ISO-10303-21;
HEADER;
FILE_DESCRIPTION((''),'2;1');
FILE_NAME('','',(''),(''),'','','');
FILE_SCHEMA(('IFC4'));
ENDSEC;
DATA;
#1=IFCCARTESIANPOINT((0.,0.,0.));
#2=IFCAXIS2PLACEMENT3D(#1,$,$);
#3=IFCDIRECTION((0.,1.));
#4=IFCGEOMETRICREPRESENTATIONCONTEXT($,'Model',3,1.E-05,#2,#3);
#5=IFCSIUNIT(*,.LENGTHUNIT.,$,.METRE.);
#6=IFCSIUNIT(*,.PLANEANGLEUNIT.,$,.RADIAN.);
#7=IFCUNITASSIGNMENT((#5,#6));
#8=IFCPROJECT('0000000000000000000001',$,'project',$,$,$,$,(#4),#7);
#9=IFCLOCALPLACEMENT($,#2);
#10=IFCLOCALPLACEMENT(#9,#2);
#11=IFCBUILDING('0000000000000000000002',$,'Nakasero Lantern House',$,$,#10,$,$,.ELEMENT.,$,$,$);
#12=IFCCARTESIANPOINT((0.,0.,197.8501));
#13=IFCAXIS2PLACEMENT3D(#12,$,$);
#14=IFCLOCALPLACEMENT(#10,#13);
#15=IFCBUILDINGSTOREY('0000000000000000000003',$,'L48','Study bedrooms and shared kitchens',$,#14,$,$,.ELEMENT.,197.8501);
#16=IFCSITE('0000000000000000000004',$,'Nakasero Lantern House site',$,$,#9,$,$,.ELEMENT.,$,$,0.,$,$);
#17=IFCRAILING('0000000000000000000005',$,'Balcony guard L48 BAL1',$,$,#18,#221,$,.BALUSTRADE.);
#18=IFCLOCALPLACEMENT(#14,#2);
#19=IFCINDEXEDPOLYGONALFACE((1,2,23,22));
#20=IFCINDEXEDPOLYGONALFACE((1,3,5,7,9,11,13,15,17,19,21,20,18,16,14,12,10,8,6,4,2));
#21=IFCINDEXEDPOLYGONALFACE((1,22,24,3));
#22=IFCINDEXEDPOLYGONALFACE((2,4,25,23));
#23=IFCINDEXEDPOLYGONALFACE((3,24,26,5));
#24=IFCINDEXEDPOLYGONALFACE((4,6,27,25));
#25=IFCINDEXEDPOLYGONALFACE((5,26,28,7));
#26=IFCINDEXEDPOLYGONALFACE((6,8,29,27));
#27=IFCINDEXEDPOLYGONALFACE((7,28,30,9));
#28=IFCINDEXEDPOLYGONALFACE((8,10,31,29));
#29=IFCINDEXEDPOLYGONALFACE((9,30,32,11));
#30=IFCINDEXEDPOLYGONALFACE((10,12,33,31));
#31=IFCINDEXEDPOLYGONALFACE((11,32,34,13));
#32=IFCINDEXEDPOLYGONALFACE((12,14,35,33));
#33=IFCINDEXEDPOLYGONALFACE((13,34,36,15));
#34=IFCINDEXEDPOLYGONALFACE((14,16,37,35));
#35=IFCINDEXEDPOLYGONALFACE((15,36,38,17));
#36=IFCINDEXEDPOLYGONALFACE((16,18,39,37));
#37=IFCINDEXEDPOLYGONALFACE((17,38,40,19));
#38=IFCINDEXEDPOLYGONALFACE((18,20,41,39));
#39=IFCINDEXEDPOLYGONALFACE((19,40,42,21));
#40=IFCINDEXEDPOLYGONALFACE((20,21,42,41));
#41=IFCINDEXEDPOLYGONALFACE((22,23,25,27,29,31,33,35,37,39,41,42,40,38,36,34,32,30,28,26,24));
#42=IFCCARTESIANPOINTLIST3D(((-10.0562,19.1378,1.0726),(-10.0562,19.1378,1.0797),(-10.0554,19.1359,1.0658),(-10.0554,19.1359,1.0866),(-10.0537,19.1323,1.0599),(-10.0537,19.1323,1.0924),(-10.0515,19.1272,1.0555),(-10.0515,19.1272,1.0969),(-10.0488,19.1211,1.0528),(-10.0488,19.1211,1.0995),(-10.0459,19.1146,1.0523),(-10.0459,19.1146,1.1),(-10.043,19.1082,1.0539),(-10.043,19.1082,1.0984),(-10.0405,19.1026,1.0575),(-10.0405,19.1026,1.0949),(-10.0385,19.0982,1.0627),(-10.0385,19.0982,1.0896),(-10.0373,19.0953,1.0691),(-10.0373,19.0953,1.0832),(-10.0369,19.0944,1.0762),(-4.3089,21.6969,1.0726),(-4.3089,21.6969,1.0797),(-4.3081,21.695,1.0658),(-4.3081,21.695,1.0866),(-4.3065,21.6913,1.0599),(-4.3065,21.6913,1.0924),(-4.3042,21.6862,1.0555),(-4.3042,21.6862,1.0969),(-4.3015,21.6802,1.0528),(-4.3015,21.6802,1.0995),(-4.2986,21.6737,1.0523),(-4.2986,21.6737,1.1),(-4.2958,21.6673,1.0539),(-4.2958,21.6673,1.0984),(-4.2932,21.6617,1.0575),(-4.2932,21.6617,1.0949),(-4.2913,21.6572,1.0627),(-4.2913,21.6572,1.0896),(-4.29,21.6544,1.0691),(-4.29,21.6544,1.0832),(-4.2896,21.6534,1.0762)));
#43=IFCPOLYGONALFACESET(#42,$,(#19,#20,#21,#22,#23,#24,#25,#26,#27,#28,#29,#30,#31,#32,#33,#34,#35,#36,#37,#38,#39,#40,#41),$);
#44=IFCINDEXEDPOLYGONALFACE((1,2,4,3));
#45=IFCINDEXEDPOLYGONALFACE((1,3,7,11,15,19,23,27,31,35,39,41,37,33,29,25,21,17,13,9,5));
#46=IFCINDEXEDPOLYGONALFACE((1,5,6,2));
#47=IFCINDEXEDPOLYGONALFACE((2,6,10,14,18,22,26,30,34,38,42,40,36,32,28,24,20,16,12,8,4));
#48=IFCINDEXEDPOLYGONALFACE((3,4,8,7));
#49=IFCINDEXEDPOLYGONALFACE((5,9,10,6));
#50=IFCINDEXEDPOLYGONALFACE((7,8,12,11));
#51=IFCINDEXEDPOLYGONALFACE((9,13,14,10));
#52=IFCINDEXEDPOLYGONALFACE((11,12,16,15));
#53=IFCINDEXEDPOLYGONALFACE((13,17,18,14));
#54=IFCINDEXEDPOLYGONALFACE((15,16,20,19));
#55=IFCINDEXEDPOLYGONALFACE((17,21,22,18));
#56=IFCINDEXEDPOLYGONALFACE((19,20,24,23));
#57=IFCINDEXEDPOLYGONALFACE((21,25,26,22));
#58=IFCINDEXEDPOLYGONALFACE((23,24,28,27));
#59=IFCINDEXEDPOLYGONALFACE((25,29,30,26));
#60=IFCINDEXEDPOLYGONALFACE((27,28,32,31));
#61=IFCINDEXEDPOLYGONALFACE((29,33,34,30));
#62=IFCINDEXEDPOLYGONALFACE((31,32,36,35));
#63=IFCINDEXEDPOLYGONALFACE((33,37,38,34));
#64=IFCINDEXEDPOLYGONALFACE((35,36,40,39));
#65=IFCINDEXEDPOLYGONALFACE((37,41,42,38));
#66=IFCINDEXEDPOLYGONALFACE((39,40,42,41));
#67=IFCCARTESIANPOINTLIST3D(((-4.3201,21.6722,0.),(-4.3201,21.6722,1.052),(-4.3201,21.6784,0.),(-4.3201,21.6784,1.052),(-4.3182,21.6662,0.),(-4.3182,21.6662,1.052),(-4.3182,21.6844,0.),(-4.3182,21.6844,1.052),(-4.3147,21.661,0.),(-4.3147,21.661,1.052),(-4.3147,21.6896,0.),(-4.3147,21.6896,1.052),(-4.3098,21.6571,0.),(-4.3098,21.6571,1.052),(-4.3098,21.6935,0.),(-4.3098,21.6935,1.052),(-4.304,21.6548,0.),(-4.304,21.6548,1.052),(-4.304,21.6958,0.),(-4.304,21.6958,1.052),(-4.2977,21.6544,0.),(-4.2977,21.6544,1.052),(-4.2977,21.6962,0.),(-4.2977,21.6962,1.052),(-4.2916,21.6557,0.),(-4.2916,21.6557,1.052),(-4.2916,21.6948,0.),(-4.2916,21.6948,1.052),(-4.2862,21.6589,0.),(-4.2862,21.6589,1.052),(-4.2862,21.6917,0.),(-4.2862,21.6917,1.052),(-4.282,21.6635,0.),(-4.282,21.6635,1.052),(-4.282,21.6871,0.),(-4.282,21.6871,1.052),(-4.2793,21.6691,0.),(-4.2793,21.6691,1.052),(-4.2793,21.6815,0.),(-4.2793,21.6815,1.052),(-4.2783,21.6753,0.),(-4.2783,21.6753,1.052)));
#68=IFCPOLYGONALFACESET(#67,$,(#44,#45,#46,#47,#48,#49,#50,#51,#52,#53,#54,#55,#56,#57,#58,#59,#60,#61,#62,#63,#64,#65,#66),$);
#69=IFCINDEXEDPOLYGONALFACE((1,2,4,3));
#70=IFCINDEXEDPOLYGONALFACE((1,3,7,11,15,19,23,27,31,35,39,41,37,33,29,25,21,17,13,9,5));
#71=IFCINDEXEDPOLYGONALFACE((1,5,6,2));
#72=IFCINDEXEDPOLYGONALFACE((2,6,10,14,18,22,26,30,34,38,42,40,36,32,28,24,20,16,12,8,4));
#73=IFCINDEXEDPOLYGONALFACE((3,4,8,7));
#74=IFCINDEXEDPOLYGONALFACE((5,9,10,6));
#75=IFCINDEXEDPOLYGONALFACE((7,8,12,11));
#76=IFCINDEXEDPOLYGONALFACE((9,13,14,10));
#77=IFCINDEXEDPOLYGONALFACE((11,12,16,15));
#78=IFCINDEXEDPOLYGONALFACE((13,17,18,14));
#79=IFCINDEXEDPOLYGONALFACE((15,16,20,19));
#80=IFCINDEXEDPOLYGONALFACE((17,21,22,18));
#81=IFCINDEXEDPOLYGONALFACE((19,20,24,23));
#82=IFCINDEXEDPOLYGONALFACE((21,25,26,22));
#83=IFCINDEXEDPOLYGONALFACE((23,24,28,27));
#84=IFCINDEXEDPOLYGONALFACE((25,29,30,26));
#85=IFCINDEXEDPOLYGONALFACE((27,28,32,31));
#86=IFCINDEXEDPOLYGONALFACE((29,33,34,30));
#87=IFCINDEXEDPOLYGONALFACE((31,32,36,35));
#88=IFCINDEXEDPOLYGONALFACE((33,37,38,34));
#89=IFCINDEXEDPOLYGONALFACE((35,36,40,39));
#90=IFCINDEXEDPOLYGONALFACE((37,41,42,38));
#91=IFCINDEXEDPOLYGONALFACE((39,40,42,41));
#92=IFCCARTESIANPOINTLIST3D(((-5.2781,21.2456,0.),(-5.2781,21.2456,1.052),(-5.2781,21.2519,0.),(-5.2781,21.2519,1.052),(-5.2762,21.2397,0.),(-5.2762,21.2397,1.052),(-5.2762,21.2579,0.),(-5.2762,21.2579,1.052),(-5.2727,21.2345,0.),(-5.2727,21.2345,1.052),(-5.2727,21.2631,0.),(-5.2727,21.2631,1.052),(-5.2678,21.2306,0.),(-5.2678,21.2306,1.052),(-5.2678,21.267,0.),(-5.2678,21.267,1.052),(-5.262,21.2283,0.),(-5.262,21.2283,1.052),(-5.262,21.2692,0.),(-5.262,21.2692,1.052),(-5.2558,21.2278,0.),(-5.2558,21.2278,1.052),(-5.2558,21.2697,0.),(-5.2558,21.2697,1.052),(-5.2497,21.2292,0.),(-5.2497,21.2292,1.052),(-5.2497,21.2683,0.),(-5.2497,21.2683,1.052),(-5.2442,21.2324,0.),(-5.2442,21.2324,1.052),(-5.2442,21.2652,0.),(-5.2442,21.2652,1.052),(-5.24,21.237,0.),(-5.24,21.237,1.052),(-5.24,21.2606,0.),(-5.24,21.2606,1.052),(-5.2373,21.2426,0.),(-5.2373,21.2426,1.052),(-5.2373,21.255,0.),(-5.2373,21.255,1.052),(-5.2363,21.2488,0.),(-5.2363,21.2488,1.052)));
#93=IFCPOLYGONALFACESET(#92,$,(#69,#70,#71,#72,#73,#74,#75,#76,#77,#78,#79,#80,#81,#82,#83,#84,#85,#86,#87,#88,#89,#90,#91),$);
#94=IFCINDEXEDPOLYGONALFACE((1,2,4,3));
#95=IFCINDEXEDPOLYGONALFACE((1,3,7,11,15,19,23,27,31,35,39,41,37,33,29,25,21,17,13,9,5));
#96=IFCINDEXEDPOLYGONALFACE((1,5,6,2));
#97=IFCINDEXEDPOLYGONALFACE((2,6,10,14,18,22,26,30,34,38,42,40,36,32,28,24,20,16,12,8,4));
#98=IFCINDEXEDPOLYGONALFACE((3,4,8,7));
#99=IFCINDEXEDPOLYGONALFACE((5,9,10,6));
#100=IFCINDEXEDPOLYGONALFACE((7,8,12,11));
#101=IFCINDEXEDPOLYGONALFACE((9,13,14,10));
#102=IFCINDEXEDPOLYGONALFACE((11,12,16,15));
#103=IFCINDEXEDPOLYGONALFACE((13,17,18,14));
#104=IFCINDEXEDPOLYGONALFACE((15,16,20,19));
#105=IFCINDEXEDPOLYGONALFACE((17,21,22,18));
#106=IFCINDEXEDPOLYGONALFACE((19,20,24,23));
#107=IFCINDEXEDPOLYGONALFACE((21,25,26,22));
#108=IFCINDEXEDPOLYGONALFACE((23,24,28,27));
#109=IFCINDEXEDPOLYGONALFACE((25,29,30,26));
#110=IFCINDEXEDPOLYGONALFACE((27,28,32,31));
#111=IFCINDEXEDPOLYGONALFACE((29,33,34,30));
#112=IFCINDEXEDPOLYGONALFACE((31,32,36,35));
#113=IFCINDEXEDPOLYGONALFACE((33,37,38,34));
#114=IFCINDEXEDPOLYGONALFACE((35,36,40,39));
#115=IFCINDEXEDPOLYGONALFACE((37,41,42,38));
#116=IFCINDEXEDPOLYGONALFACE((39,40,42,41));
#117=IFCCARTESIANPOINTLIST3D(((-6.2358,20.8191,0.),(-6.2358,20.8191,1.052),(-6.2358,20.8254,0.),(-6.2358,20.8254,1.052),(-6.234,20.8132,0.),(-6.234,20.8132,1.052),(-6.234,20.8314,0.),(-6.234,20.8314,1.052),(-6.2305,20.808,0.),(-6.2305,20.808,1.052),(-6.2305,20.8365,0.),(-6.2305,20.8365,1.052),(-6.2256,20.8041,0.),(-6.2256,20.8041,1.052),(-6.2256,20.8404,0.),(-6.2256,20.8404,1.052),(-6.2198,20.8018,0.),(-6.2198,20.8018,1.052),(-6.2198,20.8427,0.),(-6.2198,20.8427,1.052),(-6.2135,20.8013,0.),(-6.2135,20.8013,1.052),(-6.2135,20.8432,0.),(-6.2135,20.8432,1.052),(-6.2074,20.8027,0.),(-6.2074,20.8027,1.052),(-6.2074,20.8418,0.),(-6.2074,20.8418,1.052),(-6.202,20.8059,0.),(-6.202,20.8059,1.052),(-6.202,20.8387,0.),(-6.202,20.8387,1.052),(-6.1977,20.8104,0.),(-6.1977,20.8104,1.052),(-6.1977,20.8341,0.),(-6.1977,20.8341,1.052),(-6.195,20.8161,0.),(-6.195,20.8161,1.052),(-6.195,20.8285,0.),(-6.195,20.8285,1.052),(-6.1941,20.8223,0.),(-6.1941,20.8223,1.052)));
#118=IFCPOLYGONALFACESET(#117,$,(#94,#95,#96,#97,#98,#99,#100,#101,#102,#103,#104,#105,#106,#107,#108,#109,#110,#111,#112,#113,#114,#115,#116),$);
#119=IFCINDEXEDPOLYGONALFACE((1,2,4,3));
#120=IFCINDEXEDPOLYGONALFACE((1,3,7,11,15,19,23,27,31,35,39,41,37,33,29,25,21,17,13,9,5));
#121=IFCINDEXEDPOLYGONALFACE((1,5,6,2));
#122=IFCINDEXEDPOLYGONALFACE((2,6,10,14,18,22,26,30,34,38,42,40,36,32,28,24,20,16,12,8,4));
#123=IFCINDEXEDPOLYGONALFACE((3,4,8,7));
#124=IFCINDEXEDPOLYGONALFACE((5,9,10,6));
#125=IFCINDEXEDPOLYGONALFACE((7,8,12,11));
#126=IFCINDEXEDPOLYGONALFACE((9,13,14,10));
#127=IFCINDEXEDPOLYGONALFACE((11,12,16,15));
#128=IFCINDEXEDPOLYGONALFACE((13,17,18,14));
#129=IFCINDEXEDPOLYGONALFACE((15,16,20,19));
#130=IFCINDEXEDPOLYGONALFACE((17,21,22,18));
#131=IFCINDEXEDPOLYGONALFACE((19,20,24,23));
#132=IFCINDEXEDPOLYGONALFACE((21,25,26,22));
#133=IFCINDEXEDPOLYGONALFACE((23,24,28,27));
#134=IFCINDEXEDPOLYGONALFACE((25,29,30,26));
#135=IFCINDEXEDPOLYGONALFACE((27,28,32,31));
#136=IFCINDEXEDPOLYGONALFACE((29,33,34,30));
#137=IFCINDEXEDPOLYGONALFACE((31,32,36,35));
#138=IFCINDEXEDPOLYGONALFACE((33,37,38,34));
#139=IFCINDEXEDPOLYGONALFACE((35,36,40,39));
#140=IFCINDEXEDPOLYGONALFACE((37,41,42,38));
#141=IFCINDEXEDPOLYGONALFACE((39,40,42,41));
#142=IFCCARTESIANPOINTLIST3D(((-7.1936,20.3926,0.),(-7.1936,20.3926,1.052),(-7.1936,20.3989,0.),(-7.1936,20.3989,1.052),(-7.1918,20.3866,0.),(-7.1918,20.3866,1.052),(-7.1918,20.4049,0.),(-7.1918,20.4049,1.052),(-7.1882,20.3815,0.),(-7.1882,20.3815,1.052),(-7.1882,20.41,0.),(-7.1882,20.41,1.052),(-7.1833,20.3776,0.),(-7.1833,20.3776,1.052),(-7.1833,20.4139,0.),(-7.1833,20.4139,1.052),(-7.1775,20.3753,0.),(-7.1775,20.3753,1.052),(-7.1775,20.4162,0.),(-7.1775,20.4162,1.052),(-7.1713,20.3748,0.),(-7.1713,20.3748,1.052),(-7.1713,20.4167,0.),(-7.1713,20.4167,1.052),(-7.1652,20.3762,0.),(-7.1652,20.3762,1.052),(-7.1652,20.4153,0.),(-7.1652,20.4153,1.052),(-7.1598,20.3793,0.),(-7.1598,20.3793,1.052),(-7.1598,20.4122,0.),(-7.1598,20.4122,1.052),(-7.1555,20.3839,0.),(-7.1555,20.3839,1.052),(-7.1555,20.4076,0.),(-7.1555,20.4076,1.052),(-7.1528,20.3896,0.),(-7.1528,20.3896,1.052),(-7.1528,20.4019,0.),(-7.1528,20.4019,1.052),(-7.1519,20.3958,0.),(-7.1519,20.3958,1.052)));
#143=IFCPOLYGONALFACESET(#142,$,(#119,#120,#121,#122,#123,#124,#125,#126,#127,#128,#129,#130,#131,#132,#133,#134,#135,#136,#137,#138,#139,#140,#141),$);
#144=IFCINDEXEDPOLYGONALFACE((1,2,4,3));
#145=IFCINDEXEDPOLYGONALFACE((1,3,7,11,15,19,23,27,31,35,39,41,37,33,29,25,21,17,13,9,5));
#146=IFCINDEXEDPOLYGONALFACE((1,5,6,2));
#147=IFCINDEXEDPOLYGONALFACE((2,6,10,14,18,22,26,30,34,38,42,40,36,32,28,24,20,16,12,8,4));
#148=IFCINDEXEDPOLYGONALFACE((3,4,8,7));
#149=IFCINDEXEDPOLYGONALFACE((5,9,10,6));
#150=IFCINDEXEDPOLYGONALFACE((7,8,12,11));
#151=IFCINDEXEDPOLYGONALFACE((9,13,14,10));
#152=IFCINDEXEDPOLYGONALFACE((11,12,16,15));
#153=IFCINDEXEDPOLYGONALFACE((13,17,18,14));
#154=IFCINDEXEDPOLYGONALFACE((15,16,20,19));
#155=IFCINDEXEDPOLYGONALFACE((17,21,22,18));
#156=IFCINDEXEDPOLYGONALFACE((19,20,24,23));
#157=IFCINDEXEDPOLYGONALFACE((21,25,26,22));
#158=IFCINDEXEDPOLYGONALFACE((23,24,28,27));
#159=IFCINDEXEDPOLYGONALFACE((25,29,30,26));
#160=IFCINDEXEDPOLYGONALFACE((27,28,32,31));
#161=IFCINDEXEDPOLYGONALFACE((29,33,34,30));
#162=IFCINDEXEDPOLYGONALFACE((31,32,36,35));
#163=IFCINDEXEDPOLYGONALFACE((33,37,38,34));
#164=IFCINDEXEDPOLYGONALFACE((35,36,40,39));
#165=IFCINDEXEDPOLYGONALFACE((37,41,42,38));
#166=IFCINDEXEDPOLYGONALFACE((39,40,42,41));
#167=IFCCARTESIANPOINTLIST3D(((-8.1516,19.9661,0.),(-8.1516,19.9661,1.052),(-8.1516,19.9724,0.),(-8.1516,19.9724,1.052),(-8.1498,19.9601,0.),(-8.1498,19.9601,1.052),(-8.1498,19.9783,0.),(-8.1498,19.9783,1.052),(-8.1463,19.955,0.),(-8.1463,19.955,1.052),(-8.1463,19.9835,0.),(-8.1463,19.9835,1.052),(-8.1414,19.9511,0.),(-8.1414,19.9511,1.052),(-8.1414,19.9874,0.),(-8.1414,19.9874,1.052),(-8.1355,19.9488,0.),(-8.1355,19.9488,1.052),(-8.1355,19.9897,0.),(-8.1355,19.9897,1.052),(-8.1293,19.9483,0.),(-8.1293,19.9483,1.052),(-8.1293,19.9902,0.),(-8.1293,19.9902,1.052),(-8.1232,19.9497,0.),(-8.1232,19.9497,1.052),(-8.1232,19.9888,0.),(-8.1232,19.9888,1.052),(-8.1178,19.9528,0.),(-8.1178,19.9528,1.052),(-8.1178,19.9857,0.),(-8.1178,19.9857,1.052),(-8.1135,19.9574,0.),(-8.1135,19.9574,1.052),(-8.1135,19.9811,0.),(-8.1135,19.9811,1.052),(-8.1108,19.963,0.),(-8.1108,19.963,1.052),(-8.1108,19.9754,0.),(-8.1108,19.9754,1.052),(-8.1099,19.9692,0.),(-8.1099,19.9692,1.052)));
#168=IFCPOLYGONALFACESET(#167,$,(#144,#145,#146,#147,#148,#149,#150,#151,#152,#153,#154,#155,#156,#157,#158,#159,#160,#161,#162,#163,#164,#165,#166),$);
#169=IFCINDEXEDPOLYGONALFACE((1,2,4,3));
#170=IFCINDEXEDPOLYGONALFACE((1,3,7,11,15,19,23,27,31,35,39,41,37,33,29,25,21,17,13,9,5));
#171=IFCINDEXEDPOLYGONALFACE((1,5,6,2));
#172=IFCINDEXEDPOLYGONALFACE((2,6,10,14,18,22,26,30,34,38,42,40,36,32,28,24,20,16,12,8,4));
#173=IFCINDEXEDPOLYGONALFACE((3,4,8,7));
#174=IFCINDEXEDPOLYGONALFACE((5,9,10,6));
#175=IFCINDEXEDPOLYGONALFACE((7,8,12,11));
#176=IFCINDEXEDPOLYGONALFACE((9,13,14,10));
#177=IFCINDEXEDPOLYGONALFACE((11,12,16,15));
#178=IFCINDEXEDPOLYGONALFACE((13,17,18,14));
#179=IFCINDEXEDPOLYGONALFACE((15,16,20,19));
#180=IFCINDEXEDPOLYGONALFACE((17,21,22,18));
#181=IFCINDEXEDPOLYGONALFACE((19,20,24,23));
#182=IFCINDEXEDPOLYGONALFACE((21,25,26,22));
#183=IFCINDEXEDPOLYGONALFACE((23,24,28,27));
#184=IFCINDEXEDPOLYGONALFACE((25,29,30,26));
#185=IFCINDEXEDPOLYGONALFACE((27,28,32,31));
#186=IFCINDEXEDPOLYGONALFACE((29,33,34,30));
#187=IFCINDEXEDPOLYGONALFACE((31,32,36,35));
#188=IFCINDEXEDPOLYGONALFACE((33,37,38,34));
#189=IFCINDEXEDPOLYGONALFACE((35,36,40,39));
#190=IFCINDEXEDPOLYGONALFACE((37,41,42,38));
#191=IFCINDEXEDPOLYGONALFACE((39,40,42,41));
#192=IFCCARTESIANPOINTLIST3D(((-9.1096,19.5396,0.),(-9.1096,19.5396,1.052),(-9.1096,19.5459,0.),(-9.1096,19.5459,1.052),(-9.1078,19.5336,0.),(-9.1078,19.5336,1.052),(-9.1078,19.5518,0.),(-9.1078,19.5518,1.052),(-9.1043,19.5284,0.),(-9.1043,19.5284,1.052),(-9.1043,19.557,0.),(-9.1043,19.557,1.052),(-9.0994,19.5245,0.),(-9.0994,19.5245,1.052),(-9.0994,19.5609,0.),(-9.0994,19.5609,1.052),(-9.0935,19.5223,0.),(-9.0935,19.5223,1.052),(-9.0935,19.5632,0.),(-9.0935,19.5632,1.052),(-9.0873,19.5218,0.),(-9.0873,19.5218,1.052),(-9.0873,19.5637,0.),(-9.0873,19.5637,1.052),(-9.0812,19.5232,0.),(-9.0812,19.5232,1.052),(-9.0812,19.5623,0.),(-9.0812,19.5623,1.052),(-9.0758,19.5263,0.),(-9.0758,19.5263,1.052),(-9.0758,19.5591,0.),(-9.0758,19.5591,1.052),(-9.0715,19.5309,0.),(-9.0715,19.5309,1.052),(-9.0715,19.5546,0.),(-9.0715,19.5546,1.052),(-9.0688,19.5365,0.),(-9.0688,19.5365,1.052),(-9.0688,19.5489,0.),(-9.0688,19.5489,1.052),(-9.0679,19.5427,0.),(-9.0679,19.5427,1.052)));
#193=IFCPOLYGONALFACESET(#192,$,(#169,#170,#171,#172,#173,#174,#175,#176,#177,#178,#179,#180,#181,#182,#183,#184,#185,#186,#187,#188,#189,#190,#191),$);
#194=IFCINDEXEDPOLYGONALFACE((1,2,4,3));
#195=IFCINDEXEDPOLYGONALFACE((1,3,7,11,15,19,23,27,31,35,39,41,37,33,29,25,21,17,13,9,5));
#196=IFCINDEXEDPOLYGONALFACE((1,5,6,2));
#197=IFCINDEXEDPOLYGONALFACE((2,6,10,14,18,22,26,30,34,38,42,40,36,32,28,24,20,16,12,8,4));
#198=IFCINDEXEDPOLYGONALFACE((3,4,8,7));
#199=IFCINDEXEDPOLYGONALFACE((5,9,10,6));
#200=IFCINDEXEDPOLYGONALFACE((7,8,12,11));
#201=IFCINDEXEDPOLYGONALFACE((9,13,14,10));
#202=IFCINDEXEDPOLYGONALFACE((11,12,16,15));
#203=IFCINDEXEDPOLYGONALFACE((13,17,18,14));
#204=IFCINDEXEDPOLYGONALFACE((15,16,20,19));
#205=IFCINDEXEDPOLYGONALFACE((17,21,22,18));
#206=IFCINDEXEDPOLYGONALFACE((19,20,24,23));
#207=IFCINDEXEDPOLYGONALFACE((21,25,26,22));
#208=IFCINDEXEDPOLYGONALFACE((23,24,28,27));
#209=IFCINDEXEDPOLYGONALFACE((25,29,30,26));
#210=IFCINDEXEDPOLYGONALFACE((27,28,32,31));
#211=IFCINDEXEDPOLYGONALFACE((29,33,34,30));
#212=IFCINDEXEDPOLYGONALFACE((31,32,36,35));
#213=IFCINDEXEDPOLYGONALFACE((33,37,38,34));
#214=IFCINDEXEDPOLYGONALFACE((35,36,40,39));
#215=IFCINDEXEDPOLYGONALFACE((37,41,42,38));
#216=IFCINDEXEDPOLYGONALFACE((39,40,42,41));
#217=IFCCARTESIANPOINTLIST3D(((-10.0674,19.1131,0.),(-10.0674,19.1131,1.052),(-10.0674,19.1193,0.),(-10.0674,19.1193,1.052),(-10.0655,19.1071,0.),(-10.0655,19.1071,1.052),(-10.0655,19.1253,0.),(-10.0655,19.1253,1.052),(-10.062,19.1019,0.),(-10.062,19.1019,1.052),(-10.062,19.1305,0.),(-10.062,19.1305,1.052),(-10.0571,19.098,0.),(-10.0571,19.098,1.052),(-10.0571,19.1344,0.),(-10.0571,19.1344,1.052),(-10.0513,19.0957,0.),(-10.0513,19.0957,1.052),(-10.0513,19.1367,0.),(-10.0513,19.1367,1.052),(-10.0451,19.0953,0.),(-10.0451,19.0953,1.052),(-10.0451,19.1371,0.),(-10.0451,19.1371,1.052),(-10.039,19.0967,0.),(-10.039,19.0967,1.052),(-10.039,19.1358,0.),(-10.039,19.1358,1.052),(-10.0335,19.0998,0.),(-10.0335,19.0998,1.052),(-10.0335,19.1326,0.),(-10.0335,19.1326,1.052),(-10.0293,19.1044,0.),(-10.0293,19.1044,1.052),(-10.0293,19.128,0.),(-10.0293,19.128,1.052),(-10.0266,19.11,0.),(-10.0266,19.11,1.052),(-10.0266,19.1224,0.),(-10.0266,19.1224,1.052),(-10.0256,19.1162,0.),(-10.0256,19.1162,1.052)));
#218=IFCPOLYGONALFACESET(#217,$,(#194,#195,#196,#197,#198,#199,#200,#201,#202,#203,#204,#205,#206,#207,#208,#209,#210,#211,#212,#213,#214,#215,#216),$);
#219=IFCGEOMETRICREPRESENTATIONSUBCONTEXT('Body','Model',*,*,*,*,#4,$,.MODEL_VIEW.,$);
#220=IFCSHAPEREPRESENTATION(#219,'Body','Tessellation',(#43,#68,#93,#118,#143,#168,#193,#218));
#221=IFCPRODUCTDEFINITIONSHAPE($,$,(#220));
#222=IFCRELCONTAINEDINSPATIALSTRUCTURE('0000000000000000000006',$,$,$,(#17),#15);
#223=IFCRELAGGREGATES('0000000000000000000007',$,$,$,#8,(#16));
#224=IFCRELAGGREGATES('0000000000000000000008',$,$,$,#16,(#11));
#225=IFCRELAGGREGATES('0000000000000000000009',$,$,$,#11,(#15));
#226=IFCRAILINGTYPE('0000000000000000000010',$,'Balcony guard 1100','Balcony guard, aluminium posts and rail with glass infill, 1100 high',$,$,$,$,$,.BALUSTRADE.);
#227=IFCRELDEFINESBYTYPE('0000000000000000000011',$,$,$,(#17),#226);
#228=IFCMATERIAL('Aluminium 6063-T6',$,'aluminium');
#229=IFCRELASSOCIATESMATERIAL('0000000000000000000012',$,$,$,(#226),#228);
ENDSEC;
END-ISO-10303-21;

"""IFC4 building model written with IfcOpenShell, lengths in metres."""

from ifc_helpers import new_model, si_unit, direction, frame, origin, origin_2d, place, context, subcontext, project, spatial, circle, extrude, material, type_object, element, save


model = new_model("IFC4")

# Units and contexts
model_context = context("Model", 3, precision=1e-05, world=origin(), true_north=direction((0.0, 1.0)))
body_context = subcontext(model_context, "Body", "Model", "MODEL_VIEW")
ifc_project = project(units=[si_unit("LENGTHUNIT", "METRE"), si_unit("PLANEANGLEUNIT", "RADIAN")], contexts=[model_context])

# Site, building, storey
site_placement = place(None, origin())
site = spatial("IfcSite", under=ifc_project, at=site_placement, Name="Nakasero Lantern House site", CompositionType="ELEMENT", RefElevation=0.0)
building_placement = place(site_placement, origin())
building = spatial("IfcBuilding", under=site, at=building_placement, Name="Nakasero Lantern House", CompositionType="ELEMENT")
storey_placement = place(building_placement, frame((0.0, 0.0, 197.8501)))
storey = spatial("IfcBuildingStorey", under=building, at=storey_placement, Name="L48", Description="Study bedrooms and shared kitchens", CompositionType="ELEMENT", Elevation=197.8501)

# Railing
ifc_material_1 = material(Name="Aluminium 6063-T6", Category="aluminium")
railing_type = type_object("IfcRailingType", Name="Balcony guard 1100", Description="Balcony guard, aluminium posts and rail with glass infill, 1100 high", PredefinedType="BALUSTRADE", material=ifc_material_1)
railing_placement = place(storey_placement, frame((-4.2993, 21.6753, 0.0)))
element("IfcRailing", 1, at=railing_placement, inside=storey, type_object=railing_type, Name="Balcony guard L48 BAL1", PredefinedType="BALUSTRADE", context=body_context, shape_type="SweptSolid", body=[
    extrude(circle(Radius=0.0239, at=origin_2d()), frame((0.0, 0.0, 1.0762), z_axis=(-0.913533, -0.406765, 0.0), x_axis=(0.406765, -0.913533, 0.0)), (0.0, 0.0, 1.0), 6.2913),
    extrude(circle(Radius=0.021, at=origin_2d()), origin(), (0.0, 0.0, 1.0), 1.052),
    extrude(circle(Radius=0.021, at=origin_2d()), frame((-0.958, -0.4265, 0.0)), (0.0, 0.0, 1.0), 1.052),
    extrude(circle(Radius=0.021, at=origin_2d()), frame((-1.9158, -0.853, 0.0)), (0.0, 0.0, 1.0), 1.052),
    extrude(circle(Radius=0.021, at=origin_2d()), frame((-2.8735, -1.2795, 0.0)), (0.0, 0.0, 1.0), 1.052),
    extrude(circle(Radius=0.021, at=origin_2d()), frame((-3.8315, -1.7061, 0.0)), (0.0, 0.0, 1.0), 1.052),
    extrude(circle(Radius=0.021, at=origin_2d()), frame((-4.7896, -2.1326, 0.0)), (0.0, 0.0, 1.0), 1.052),
    extrude(circle(Radius=0.021, at=origin_2d()), frame((-5.7473, -2.5591, 0.0)), (0.0, 0.0, 1.0), 1.052),
])

save(model, "model.ifc")
